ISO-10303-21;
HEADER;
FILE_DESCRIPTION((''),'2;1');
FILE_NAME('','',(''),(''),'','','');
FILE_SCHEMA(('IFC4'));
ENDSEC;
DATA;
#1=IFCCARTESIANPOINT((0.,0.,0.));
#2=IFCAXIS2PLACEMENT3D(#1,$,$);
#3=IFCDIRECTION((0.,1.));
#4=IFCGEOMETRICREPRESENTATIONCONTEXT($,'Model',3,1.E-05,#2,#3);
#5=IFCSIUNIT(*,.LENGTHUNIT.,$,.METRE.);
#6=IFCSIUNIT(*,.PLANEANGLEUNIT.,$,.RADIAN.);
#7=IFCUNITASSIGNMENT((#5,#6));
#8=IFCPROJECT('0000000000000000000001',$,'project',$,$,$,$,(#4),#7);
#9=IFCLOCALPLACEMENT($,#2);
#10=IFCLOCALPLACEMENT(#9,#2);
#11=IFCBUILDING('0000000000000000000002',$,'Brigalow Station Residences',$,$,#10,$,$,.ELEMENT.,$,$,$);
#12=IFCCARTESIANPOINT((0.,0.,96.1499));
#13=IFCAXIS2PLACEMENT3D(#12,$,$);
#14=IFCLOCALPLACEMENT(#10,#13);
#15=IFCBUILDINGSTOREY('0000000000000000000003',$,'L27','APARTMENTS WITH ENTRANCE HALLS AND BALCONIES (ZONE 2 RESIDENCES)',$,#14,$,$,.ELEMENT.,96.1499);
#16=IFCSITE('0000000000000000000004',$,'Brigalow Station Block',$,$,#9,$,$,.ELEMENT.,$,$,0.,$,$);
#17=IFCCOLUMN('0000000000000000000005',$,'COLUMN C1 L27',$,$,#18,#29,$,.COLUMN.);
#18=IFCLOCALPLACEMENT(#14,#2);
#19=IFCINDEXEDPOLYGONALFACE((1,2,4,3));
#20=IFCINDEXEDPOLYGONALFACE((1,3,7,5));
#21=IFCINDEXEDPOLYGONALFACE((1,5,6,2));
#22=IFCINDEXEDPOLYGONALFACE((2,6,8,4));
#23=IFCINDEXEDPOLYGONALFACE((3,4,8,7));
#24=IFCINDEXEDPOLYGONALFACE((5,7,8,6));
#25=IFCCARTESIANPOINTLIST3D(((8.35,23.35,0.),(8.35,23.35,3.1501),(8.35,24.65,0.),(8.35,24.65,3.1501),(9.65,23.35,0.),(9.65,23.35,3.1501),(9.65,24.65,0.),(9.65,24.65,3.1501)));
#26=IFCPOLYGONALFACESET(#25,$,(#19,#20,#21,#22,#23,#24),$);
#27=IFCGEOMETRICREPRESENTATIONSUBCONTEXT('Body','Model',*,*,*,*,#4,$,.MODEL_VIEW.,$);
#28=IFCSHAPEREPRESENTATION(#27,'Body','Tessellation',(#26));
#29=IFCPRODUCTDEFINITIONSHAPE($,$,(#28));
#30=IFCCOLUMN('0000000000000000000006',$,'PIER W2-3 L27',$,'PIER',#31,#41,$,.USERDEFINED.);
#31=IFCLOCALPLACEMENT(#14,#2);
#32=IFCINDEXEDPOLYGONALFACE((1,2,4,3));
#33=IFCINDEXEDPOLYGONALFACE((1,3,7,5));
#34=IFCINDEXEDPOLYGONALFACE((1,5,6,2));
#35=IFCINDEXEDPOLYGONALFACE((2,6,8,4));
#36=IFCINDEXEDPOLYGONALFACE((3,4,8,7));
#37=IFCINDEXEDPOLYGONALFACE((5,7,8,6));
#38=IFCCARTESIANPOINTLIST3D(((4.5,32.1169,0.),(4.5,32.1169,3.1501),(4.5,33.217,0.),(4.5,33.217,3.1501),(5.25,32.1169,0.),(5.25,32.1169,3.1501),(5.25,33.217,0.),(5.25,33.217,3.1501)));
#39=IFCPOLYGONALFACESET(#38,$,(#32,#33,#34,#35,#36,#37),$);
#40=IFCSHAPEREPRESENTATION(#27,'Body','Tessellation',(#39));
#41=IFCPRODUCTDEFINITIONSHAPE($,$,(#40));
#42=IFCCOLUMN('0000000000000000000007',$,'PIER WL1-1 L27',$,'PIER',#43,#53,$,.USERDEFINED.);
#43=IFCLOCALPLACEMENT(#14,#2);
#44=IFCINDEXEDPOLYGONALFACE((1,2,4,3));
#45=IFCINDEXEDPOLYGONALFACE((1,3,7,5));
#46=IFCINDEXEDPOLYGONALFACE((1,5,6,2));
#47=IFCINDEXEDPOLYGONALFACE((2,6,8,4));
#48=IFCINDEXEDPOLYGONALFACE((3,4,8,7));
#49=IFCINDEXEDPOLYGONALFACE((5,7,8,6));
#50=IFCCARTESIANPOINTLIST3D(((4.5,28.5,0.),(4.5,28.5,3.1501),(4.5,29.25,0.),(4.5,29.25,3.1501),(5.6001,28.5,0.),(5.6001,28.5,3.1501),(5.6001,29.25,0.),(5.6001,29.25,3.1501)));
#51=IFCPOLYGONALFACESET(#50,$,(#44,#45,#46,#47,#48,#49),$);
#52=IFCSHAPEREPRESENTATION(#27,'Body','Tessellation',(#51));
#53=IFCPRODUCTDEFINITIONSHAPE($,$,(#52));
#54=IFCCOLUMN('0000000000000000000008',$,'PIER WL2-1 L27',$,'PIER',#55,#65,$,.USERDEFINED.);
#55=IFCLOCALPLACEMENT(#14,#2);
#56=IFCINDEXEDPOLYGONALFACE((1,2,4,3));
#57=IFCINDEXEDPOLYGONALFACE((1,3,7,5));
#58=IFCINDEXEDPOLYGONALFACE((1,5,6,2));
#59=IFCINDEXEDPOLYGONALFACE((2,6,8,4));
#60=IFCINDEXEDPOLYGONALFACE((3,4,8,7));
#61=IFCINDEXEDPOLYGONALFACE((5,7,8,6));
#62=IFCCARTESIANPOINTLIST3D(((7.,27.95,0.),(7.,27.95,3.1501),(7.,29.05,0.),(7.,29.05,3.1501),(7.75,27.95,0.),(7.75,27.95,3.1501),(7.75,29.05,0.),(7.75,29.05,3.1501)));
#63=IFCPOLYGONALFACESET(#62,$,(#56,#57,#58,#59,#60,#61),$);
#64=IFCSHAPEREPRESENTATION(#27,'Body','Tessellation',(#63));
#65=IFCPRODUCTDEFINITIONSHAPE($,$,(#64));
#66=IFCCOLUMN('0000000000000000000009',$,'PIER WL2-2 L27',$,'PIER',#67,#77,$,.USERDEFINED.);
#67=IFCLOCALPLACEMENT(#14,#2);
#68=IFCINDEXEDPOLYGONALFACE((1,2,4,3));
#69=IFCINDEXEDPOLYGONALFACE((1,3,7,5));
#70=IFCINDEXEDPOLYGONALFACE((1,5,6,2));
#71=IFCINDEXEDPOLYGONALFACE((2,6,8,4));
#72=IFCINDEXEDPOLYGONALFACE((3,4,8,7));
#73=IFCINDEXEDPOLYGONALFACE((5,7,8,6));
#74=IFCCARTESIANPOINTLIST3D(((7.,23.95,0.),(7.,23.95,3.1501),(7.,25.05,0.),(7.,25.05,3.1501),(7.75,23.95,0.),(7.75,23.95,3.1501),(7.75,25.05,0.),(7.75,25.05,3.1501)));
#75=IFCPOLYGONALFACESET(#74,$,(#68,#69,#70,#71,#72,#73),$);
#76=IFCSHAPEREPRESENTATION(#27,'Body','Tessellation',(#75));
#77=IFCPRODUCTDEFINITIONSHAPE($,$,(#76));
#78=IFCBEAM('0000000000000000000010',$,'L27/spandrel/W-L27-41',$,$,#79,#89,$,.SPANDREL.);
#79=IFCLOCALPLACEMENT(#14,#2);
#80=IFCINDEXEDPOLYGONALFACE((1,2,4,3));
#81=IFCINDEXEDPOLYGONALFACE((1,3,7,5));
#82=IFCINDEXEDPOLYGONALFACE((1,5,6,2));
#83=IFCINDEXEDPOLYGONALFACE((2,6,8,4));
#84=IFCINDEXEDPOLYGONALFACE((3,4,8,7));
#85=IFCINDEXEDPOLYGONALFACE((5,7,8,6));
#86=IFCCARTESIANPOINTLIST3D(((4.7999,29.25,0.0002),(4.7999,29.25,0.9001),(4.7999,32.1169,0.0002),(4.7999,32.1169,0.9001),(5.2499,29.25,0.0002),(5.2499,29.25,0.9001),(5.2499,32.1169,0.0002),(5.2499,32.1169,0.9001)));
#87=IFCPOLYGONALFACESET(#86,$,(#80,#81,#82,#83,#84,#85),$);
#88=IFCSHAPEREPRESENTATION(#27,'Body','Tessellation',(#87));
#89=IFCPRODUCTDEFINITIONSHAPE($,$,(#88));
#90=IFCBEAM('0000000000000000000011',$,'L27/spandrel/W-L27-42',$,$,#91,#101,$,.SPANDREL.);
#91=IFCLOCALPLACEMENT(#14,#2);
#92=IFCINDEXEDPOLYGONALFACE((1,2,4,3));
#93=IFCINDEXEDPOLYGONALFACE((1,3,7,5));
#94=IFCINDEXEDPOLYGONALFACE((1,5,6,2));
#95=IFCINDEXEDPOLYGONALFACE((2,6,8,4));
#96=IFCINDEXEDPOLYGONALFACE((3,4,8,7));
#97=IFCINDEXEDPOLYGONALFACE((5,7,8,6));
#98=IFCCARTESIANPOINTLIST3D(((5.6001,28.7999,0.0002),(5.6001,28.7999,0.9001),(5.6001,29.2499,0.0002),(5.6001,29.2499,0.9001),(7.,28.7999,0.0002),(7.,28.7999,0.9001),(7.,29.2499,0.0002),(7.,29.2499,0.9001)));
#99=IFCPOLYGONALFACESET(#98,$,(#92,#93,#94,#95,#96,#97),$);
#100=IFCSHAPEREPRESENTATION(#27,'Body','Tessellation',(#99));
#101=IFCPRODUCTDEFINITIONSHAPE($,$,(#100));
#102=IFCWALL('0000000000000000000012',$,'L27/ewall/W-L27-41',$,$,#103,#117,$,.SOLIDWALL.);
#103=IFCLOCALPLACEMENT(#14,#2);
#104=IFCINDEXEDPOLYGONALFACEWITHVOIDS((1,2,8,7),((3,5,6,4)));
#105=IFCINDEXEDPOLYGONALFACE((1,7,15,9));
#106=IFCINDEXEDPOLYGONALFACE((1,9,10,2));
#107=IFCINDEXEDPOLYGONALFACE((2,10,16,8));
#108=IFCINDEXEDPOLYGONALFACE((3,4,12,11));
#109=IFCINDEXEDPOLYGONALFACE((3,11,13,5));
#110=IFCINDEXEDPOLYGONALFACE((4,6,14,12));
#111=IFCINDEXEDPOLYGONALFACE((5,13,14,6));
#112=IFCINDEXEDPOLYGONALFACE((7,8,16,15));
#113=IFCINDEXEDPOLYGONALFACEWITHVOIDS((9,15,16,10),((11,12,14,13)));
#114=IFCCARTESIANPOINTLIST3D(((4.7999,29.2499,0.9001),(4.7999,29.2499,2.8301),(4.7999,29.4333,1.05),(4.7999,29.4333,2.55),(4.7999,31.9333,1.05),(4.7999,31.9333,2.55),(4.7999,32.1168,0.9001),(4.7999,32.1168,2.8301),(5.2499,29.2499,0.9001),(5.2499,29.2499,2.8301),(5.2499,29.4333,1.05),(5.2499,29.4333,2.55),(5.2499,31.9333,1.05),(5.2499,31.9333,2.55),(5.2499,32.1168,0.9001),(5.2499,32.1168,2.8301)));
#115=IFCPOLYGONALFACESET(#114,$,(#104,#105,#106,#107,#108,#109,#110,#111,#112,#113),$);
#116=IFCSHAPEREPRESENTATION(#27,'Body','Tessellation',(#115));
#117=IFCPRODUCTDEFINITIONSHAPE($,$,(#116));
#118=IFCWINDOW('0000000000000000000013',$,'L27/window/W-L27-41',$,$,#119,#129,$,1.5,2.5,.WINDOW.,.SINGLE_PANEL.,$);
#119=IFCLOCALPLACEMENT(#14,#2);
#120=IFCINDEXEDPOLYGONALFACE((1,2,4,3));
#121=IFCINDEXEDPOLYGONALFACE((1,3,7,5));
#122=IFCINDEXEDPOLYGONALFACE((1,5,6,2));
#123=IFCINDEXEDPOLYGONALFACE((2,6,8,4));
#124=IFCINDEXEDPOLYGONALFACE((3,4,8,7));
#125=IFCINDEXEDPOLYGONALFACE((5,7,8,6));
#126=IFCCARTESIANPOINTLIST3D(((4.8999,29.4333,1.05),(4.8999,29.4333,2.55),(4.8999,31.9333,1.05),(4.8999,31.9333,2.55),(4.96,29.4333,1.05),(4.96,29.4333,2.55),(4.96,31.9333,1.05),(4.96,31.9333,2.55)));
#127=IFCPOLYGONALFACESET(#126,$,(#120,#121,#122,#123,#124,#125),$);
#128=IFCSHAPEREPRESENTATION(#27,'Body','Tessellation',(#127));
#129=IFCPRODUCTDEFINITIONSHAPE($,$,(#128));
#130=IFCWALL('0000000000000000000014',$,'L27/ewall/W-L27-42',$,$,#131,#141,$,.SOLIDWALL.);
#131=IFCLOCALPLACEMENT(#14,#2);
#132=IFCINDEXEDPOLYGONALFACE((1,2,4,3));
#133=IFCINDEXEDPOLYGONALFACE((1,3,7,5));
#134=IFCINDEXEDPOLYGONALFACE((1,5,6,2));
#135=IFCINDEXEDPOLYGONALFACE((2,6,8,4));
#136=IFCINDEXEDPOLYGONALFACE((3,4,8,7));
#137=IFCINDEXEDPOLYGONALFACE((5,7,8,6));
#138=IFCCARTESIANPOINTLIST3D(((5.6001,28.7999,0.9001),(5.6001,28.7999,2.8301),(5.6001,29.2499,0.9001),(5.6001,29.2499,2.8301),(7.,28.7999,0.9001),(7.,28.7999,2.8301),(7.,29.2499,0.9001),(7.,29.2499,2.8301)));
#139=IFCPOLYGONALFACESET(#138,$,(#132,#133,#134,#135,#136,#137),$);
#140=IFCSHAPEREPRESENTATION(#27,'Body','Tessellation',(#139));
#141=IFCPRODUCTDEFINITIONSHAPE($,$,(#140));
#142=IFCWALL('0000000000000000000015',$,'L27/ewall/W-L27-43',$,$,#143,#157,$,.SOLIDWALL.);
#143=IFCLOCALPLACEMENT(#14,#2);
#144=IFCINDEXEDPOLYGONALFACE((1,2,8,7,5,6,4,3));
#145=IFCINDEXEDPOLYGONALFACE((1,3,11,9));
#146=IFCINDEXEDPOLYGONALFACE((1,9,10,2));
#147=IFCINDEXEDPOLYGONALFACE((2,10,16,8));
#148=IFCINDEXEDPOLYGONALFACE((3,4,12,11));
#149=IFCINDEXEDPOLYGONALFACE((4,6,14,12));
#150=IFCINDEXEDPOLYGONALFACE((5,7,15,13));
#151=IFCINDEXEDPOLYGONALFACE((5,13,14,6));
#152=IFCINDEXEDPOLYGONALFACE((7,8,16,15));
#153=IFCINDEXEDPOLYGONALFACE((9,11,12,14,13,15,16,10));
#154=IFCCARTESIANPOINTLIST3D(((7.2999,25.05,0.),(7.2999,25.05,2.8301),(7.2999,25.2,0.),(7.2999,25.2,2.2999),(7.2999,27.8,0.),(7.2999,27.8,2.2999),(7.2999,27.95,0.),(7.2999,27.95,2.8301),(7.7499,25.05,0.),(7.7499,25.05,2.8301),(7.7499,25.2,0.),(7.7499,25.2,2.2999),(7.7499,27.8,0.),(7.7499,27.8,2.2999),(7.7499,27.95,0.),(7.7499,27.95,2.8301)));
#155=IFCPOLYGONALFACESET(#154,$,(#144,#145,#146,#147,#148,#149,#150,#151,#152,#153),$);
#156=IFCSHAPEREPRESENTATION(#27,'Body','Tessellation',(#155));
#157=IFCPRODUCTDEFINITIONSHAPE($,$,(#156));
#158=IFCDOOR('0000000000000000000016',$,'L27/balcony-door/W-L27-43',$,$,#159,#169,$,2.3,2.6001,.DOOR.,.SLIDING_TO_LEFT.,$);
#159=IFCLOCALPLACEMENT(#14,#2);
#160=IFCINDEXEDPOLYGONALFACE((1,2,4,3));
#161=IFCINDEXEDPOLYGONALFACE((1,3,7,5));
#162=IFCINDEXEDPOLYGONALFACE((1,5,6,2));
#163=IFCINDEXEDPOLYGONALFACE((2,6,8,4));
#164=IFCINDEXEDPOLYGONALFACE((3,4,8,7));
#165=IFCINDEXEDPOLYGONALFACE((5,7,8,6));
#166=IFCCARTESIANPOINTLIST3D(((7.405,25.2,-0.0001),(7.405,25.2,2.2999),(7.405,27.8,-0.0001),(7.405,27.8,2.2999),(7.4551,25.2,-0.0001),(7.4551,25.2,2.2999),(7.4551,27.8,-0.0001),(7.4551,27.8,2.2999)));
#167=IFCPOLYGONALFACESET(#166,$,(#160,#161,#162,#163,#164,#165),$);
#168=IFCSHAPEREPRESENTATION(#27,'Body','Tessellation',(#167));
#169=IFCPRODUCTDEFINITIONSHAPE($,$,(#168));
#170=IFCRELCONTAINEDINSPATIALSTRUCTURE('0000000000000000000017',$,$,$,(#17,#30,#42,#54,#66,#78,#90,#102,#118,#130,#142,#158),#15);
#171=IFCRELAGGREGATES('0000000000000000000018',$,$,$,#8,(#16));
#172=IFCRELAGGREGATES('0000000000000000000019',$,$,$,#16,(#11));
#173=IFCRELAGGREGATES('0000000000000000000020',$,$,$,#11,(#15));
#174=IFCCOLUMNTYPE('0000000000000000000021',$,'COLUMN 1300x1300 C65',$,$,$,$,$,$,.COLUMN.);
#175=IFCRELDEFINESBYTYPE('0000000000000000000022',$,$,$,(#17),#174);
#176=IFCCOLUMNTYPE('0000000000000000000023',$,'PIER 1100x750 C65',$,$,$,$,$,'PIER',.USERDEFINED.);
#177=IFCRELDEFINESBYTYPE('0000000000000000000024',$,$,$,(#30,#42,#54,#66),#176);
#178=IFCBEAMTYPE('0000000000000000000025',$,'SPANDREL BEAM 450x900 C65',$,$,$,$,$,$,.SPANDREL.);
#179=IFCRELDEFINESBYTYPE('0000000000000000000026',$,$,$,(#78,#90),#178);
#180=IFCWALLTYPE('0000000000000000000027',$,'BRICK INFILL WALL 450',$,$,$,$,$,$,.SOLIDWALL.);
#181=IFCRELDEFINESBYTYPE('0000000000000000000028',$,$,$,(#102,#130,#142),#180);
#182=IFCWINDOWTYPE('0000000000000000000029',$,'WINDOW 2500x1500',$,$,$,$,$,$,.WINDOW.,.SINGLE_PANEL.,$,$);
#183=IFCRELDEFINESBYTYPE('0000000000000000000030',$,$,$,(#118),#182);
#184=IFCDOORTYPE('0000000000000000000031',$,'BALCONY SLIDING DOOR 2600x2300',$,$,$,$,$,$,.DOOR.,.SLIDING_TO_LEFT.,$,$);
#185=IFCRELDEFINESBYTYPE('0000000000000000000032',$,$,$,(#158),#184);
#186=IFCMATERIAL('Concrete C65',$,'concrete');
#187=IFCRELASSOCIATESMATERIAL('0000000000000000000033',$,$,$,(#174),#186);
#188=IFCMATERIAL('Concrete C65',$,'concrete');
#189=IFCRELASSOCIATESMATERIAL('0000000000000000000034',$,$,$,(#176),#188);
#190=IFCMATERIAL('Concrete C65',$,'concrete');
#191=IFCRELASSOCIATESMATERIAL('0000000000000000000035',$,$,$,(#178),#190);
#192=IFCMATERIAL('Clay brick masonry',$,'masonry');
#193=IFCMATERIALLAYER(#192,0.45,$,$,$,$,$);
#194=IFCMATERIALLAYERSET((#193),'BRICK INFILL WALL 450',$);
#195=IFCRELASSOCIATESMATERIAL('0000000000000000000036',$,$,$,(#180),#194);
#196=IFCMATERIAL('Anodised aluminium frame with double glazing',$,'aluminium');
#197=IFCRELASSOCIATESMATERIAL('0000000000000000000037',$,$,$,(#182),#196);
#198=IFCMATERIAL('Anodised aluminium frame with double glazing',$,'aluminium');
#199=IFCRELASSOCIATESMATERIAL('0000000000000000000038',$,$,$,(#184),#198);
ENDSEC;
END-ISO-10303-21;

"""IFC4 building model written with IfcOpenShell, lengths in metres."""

from ifc_helpers import new_model, si_unit, direction, frame, frame_2d, origin, origin_2d, place, context, subcontext, project, spatial, rectangle, extrude, material, layer, layer_set, material_profile, profile_set, type_object, element, fill, save


model = new_model("IFC4")

# Units and contexts
model_context = context("Model", 3, precision=1e-05, world=origin(), true_north=direction((0.0, 1.0)))
body_context = subcontext(model_context, "Body", "Model", "MODEL_VIEW")
ifc_project = project(units=[si_unit("LENGTHUNIT", "METRE"), si_unit("PLANEANGLEUNIT", "RADIAN")], contexts=[model_context])

# Site, building, storey
site_placement = place(None, origin())
site = spatial("IfcSite", under=ifc_project, at=site_placement, Name="Brigalow Station Block", CompositionType="ELEMENT", RefElevation=0.0)
building_placement = place(site_placement, origin())
building = spatial("IfcBuilding", under=site, at=building_placement, Name="Brigalow Station Residences", CompositionType="ELEMENT")
storey_placement = place(building_placement, frame((0.0, 0.0, 96.1499)))
storey = spatial("IfcBuildingStorey", under=building, at=storey_placement, Name="L27", Description="APARTMENTS WITH ENTRANCE HALLS AND BALCONIES (ZONE 2 RESIDENCES)", CompositionType="ELEMENT", Elevation=96.1499)

# Columns
ifc_material_1 = material(Name="Concrete C65", Category="concrete")
ifc_material_profile_1 = material_profile(ifc_material_1, rectangle(XDim=1.3, YDim=1.3, at=origin_2d()), Name="RC1300x1300")
ifc_profile_set_1 = profile_set([ifc_material_profile_1], Name="Concrete C65")
column_type_1 = type_object("IfcColumnType", Name="COLUMN 1300x1300 C65", PredefinedType="COLUMN", material=ifc_profile_set_1)
column_placement = place(storey_placement, frame((9.0, 24.0, 0.0), z_axis=(0.0, 0.0, 1.0), x_axis=(1.0, 0.0, 0.0)))
element("IfcColumn", 1, at=column_placement, inside=storey, type_object=column_type_1, Name="COLUMN C1 L27", PredefinedType="COLUMN", context=body_context, shape_type="SweptSolid", body=[
    extrude(rectangle(XDim=1.3, YDim=1.3, at=origin_2d()), origin(), (0.0, 0.0, 1.0), 3.1501),
])
ifc_material_2 = material(Name="Concrete C65", Category="concrete")
ifc_material_profile_2 = material_profile(ifc_material_2, rectangle(XDim=1.1001, YDim=0.75, at=origin_2d()), Name="RC1100x750")
ifc_profile_set_2 = profile_set([ifc_material_profile_2], Name="Concrete C65")
column_type_2 = type_object("IfcColumnType", Name="PIER 1100x750 C65", ElementType="PIER", PredefinedType="USERDEFINED", material=ifc_profile_set_2)
for number, where, z_axis, x_axis, name in (
    (2, (4.875, 32.667, 0.0), (0.0, 0.0, 1.0), (0.0, -1.0, 0.0), "PIER W2-3 L27"),
    (3, (5.05, 28.875, 0.0), (0.0, 0.0, 1.0), (1.0, 0.0, 0.0), "PIER WL1-1 L27"),
    (4, (7.375, 28.5, 0.0), (0.0, 0.0, 1.0), (0.0, -1.0, 0.0), "PIER WL2-1 L27"),
    (5, (7.375, 24.5, 0.0), (0.0, 0.0, 1.0), (0.0, -1.0, 0.0), "PIER WL2-2 L27"),
):
    element("IfcColumn", number, at=place(storey_placement, frame(where, z_axis=z_axis, x_axis=x_axis)), inside=storey, type_object=column_type_2, Name=name, ObjectType="PIER", PredefinedType="USERDEFINED", context=body_context, shape_type="SweptSolid", body=[
        extrude(rectangle(XDim=1.1001, YDim=0.75, at=origin_2d()), origin(), (0.0, 0.0, 1.0), 3.1501),
    ])

# Beams
ifc_material_3 = material(Name="Concrete C65", Category="concrete")
ifc_material_profile_3 = material_profile(ifc_material_3, rectangle(XDim=0.45, YDim=0.8999, at=origin_2d()), Name="RC450x900")
ifc_profile_set_3 = profile_set([ifc_material_profile_3], Name="Concrete C65")
beam_type = type_object("IfcBeamType", Name="SPANDREL BEAM 450x900 C65", PredefinedType="SPANDREL", material=ifc_profile_set_3)
beam_1_placement = place(storey_placement, frame((5.0249, 32.1169, 0.4502), z_axis=(0.0, -1.0, 0.0), x_axis=(1.0, 0.0, 0.0)))
element("IfcBeam", 6, at=beam_1_placement, inside=storey, type_object=beam_type, Name="L27/spandrel/W-L27-41", PredefinedType="SPANDREL", context=body_context, shape_type="SweptSolid", body=[
    extrude(rectangle(XDim=0.45, YDim=0.8999, at=origin_2d()), origin(), (0.0, 0.0, 1.0), 2.8669),
])
beam_2_placement = place(storey_placement, frame((5.6001, 29.0249, 0.4502), z_axis=(1.0, 0.0, 0.0), x_axis=(0.0, 1.0, 0.0)))
element("IfcBeam", 7, at=beam_2_placement, inside=storey, type_object=beam_type, Name="L27/spandrel/W-L27-42", PredefinedType="SPANDREL", context=body_context, shape_type="SweptSolid", body=[
    extrude(rectangle(XDim=0.45, YDim=0.8999, at=origin_2d()), origin(), (0.0, 0.0, 1.0), 1.3999),
])

# Wall, opening, window
ifc_material_4 = material(Name="Clay brick masonry", Category="masonry")
ifc_layer_1 = layer(ifc_material_4, 0.45)
ifc_layer_set_1 = layer_set([ifc_layer_1], Name="BRICK INFILL WALL 450")
wall_type_1 = type_object("IfcWallType", Name="BRICK INFILL WALL 450", PredefinedType="SOLIDWALL", material=ifc_layer_set_1)
wall_1_placement = place(storey_placement, frame((5.0249, 32.1169, 0.9001), z_axis=(0.0, 0.0, 1.0), x_axis=(0.0, -1.0, 0.0)))
wall_1 = element("IfcWall", 8, at=wall_1_placement, inside=storey, type_object=wall_type_1, Name="L27/ewall/W-L27-41", PredefinedType="SOLIDWALL", context=body_context, shape_type="SweptSolid", body=[
    extrude(rectangle(XDim=2.8669, YDim=0.45, at=frame_2d((1.4336, 0.0))), origin(), (0.0, 0.0, 1.0), 1.9299),
])
opening_1_placement = place(wall_1_placement, frame((0.1836, 0.0, 0.1499)))
opening_1 = element("IfcOpeningElement", 9, at=opening_1_placement, cuts=wall_1, PredefinedType="OPENING", context=body_context, shape_type="SweptSolid", body=[
    extrude(rectangle(XDim=2.5, YDim=1.5, at=frame_2d((1.25, 0.75))), frame((0.0, 0.2349, 0.0), z_axis=(0.0, -1.0, 0.0), x_axis=(1.0, 0.0, 0.0)), (0.0, 0.0, 1.0), 0.47),
])
ifc_material_5 = material(Name="Anodised aluminium frame with double glazing", Category="aluminium")
window_type = type_object("IfcWindowType", Name="WINDOW 2500x1500", PartitioningType="SINGLE_PANEL", PredefinedType="WINDOW", material=ifc_material_5)
window_placement = place(opening_1_placement, origin())
window = element("IfcWindow", 10, at=window_placement, inside=storey, type_object=window_type, Name="L27/window/W-L27-41", OverallHeight=1.5, OverallWidth=2.5, PartitioningType="SINGLE_PANEL", PredefinedType="WINDOW", context=body_context, shape_type="SweptSolid", body=[
    extrude(rectangle(XDim=2.5, YDim=1.5, at=frame_2d((1.25, 0.75))), frame((0.0, -0.0649, 0.0), z_axis=(0.0, -1.0, 0.0), x_axis=(1.0, 0.0, 0.0)), (0.0, 0.0, 1.0), 0.0601),
])
fill(opening_1, window)

# Wall
wall_2_placement = place(storey_placement, frame((5.6001, 29.0249, 0.9001), z_axis=(0.0, 0.0, 1.0), x_axis=(1.0, 0.0, 0.0)))
element("IfcWall", 11, at=wall_2_placement, inside=storey, type_object=wall_type_1, Name="L27/ewall/W-L27-42", PredefinedType="SOLIDWALL", context=body_context, shape_type="SweptSolid", body=[
    extrude(rectangle(XDim=1.3999, YDim=0.45, at=frame_2d((0.7, 0.0))), origin(), (0.0, 0.0, 1.0), 1.9299),
])

# Wall, opening, door
wall_3_placement = place(storey_placement, frame((7.5249, 27.95, 0.0), z_axis=(0.0, 0.0, 1.0), x_axis=(0.0, -1.0, 0.0)))
wall_3 = element("IfcWall", 12, at=wall_3_placement, inside=storey, type_object=wall_type_1, Name="L27/ewall/W-L27-43", PredefinedType="SOLIDWALL", context=body_context, shape_type="SweptSolid", body=[
    extrude(rectangle(XDim=2.8999, YDim=0.45, at=frame_2d((1.45, 0.0))), origin(), (0.0, 0.0, 1.0), 2.8301),
])
opening_2_placement = place(wall_3_placement, frame((0.1499, 0.0, 0.0)))
opening_2 = element("IfcOpeningElement", 13, at=opening_2_placement, cuts=wall_3, PredefinedType="OPENING", context=body_context, shape_type="SweptSolid", body=[
    extrude(rectangle(XDim=2.6001, YDim=2.3, at=frame_2d((1.3, 1.1499))), frame((0.0, 0.2349, 0.0), z_axis=(0.0, -1.0, 0.0), x_axis=(1.0, 0.0, 0.0)), (0.0, 0.0, 1.0), 0.47),
])
ifc_material_6 = material(Name="Anodised aluminium frame with double glazing", Category="aluminium")
door_type_1 = type_object("IfcDoorType", Name="BALCONY SLIDING DOOR 2600x2300", OperationType="SLIDING_TO_LEFT", PredefinedType="DOOR", material=ifc_material_6)
door_1_placement = place(opening_2_placement, origin())
door_1 = element("IfcDoor", 14, at=door_1_placement, inside=storey, type_object=door_type_1, Name="L27/balcony-door/W-L27-43", OperationType="SLIDING_TO_LEFT", OverallHeight=2.3, OverallWidth=2.6001, PredefinedType="DOOR", context=body_context, shape_type="SweptSolid", body=[
    extrude(rectangle(XDim=2.6001, YDim=2.3, at=frame_2d((1.3, 1.1499))), frame((0.0, -0.0698, 0.0), z_axis=(0.0, -1.0, 0.0), x_axis=(1.0, 0.0, 0.0)), (0.0, 0.0, 1.0), 0.05),
])
fill(opening_2, door_1)

save(model, "model.ifc")
